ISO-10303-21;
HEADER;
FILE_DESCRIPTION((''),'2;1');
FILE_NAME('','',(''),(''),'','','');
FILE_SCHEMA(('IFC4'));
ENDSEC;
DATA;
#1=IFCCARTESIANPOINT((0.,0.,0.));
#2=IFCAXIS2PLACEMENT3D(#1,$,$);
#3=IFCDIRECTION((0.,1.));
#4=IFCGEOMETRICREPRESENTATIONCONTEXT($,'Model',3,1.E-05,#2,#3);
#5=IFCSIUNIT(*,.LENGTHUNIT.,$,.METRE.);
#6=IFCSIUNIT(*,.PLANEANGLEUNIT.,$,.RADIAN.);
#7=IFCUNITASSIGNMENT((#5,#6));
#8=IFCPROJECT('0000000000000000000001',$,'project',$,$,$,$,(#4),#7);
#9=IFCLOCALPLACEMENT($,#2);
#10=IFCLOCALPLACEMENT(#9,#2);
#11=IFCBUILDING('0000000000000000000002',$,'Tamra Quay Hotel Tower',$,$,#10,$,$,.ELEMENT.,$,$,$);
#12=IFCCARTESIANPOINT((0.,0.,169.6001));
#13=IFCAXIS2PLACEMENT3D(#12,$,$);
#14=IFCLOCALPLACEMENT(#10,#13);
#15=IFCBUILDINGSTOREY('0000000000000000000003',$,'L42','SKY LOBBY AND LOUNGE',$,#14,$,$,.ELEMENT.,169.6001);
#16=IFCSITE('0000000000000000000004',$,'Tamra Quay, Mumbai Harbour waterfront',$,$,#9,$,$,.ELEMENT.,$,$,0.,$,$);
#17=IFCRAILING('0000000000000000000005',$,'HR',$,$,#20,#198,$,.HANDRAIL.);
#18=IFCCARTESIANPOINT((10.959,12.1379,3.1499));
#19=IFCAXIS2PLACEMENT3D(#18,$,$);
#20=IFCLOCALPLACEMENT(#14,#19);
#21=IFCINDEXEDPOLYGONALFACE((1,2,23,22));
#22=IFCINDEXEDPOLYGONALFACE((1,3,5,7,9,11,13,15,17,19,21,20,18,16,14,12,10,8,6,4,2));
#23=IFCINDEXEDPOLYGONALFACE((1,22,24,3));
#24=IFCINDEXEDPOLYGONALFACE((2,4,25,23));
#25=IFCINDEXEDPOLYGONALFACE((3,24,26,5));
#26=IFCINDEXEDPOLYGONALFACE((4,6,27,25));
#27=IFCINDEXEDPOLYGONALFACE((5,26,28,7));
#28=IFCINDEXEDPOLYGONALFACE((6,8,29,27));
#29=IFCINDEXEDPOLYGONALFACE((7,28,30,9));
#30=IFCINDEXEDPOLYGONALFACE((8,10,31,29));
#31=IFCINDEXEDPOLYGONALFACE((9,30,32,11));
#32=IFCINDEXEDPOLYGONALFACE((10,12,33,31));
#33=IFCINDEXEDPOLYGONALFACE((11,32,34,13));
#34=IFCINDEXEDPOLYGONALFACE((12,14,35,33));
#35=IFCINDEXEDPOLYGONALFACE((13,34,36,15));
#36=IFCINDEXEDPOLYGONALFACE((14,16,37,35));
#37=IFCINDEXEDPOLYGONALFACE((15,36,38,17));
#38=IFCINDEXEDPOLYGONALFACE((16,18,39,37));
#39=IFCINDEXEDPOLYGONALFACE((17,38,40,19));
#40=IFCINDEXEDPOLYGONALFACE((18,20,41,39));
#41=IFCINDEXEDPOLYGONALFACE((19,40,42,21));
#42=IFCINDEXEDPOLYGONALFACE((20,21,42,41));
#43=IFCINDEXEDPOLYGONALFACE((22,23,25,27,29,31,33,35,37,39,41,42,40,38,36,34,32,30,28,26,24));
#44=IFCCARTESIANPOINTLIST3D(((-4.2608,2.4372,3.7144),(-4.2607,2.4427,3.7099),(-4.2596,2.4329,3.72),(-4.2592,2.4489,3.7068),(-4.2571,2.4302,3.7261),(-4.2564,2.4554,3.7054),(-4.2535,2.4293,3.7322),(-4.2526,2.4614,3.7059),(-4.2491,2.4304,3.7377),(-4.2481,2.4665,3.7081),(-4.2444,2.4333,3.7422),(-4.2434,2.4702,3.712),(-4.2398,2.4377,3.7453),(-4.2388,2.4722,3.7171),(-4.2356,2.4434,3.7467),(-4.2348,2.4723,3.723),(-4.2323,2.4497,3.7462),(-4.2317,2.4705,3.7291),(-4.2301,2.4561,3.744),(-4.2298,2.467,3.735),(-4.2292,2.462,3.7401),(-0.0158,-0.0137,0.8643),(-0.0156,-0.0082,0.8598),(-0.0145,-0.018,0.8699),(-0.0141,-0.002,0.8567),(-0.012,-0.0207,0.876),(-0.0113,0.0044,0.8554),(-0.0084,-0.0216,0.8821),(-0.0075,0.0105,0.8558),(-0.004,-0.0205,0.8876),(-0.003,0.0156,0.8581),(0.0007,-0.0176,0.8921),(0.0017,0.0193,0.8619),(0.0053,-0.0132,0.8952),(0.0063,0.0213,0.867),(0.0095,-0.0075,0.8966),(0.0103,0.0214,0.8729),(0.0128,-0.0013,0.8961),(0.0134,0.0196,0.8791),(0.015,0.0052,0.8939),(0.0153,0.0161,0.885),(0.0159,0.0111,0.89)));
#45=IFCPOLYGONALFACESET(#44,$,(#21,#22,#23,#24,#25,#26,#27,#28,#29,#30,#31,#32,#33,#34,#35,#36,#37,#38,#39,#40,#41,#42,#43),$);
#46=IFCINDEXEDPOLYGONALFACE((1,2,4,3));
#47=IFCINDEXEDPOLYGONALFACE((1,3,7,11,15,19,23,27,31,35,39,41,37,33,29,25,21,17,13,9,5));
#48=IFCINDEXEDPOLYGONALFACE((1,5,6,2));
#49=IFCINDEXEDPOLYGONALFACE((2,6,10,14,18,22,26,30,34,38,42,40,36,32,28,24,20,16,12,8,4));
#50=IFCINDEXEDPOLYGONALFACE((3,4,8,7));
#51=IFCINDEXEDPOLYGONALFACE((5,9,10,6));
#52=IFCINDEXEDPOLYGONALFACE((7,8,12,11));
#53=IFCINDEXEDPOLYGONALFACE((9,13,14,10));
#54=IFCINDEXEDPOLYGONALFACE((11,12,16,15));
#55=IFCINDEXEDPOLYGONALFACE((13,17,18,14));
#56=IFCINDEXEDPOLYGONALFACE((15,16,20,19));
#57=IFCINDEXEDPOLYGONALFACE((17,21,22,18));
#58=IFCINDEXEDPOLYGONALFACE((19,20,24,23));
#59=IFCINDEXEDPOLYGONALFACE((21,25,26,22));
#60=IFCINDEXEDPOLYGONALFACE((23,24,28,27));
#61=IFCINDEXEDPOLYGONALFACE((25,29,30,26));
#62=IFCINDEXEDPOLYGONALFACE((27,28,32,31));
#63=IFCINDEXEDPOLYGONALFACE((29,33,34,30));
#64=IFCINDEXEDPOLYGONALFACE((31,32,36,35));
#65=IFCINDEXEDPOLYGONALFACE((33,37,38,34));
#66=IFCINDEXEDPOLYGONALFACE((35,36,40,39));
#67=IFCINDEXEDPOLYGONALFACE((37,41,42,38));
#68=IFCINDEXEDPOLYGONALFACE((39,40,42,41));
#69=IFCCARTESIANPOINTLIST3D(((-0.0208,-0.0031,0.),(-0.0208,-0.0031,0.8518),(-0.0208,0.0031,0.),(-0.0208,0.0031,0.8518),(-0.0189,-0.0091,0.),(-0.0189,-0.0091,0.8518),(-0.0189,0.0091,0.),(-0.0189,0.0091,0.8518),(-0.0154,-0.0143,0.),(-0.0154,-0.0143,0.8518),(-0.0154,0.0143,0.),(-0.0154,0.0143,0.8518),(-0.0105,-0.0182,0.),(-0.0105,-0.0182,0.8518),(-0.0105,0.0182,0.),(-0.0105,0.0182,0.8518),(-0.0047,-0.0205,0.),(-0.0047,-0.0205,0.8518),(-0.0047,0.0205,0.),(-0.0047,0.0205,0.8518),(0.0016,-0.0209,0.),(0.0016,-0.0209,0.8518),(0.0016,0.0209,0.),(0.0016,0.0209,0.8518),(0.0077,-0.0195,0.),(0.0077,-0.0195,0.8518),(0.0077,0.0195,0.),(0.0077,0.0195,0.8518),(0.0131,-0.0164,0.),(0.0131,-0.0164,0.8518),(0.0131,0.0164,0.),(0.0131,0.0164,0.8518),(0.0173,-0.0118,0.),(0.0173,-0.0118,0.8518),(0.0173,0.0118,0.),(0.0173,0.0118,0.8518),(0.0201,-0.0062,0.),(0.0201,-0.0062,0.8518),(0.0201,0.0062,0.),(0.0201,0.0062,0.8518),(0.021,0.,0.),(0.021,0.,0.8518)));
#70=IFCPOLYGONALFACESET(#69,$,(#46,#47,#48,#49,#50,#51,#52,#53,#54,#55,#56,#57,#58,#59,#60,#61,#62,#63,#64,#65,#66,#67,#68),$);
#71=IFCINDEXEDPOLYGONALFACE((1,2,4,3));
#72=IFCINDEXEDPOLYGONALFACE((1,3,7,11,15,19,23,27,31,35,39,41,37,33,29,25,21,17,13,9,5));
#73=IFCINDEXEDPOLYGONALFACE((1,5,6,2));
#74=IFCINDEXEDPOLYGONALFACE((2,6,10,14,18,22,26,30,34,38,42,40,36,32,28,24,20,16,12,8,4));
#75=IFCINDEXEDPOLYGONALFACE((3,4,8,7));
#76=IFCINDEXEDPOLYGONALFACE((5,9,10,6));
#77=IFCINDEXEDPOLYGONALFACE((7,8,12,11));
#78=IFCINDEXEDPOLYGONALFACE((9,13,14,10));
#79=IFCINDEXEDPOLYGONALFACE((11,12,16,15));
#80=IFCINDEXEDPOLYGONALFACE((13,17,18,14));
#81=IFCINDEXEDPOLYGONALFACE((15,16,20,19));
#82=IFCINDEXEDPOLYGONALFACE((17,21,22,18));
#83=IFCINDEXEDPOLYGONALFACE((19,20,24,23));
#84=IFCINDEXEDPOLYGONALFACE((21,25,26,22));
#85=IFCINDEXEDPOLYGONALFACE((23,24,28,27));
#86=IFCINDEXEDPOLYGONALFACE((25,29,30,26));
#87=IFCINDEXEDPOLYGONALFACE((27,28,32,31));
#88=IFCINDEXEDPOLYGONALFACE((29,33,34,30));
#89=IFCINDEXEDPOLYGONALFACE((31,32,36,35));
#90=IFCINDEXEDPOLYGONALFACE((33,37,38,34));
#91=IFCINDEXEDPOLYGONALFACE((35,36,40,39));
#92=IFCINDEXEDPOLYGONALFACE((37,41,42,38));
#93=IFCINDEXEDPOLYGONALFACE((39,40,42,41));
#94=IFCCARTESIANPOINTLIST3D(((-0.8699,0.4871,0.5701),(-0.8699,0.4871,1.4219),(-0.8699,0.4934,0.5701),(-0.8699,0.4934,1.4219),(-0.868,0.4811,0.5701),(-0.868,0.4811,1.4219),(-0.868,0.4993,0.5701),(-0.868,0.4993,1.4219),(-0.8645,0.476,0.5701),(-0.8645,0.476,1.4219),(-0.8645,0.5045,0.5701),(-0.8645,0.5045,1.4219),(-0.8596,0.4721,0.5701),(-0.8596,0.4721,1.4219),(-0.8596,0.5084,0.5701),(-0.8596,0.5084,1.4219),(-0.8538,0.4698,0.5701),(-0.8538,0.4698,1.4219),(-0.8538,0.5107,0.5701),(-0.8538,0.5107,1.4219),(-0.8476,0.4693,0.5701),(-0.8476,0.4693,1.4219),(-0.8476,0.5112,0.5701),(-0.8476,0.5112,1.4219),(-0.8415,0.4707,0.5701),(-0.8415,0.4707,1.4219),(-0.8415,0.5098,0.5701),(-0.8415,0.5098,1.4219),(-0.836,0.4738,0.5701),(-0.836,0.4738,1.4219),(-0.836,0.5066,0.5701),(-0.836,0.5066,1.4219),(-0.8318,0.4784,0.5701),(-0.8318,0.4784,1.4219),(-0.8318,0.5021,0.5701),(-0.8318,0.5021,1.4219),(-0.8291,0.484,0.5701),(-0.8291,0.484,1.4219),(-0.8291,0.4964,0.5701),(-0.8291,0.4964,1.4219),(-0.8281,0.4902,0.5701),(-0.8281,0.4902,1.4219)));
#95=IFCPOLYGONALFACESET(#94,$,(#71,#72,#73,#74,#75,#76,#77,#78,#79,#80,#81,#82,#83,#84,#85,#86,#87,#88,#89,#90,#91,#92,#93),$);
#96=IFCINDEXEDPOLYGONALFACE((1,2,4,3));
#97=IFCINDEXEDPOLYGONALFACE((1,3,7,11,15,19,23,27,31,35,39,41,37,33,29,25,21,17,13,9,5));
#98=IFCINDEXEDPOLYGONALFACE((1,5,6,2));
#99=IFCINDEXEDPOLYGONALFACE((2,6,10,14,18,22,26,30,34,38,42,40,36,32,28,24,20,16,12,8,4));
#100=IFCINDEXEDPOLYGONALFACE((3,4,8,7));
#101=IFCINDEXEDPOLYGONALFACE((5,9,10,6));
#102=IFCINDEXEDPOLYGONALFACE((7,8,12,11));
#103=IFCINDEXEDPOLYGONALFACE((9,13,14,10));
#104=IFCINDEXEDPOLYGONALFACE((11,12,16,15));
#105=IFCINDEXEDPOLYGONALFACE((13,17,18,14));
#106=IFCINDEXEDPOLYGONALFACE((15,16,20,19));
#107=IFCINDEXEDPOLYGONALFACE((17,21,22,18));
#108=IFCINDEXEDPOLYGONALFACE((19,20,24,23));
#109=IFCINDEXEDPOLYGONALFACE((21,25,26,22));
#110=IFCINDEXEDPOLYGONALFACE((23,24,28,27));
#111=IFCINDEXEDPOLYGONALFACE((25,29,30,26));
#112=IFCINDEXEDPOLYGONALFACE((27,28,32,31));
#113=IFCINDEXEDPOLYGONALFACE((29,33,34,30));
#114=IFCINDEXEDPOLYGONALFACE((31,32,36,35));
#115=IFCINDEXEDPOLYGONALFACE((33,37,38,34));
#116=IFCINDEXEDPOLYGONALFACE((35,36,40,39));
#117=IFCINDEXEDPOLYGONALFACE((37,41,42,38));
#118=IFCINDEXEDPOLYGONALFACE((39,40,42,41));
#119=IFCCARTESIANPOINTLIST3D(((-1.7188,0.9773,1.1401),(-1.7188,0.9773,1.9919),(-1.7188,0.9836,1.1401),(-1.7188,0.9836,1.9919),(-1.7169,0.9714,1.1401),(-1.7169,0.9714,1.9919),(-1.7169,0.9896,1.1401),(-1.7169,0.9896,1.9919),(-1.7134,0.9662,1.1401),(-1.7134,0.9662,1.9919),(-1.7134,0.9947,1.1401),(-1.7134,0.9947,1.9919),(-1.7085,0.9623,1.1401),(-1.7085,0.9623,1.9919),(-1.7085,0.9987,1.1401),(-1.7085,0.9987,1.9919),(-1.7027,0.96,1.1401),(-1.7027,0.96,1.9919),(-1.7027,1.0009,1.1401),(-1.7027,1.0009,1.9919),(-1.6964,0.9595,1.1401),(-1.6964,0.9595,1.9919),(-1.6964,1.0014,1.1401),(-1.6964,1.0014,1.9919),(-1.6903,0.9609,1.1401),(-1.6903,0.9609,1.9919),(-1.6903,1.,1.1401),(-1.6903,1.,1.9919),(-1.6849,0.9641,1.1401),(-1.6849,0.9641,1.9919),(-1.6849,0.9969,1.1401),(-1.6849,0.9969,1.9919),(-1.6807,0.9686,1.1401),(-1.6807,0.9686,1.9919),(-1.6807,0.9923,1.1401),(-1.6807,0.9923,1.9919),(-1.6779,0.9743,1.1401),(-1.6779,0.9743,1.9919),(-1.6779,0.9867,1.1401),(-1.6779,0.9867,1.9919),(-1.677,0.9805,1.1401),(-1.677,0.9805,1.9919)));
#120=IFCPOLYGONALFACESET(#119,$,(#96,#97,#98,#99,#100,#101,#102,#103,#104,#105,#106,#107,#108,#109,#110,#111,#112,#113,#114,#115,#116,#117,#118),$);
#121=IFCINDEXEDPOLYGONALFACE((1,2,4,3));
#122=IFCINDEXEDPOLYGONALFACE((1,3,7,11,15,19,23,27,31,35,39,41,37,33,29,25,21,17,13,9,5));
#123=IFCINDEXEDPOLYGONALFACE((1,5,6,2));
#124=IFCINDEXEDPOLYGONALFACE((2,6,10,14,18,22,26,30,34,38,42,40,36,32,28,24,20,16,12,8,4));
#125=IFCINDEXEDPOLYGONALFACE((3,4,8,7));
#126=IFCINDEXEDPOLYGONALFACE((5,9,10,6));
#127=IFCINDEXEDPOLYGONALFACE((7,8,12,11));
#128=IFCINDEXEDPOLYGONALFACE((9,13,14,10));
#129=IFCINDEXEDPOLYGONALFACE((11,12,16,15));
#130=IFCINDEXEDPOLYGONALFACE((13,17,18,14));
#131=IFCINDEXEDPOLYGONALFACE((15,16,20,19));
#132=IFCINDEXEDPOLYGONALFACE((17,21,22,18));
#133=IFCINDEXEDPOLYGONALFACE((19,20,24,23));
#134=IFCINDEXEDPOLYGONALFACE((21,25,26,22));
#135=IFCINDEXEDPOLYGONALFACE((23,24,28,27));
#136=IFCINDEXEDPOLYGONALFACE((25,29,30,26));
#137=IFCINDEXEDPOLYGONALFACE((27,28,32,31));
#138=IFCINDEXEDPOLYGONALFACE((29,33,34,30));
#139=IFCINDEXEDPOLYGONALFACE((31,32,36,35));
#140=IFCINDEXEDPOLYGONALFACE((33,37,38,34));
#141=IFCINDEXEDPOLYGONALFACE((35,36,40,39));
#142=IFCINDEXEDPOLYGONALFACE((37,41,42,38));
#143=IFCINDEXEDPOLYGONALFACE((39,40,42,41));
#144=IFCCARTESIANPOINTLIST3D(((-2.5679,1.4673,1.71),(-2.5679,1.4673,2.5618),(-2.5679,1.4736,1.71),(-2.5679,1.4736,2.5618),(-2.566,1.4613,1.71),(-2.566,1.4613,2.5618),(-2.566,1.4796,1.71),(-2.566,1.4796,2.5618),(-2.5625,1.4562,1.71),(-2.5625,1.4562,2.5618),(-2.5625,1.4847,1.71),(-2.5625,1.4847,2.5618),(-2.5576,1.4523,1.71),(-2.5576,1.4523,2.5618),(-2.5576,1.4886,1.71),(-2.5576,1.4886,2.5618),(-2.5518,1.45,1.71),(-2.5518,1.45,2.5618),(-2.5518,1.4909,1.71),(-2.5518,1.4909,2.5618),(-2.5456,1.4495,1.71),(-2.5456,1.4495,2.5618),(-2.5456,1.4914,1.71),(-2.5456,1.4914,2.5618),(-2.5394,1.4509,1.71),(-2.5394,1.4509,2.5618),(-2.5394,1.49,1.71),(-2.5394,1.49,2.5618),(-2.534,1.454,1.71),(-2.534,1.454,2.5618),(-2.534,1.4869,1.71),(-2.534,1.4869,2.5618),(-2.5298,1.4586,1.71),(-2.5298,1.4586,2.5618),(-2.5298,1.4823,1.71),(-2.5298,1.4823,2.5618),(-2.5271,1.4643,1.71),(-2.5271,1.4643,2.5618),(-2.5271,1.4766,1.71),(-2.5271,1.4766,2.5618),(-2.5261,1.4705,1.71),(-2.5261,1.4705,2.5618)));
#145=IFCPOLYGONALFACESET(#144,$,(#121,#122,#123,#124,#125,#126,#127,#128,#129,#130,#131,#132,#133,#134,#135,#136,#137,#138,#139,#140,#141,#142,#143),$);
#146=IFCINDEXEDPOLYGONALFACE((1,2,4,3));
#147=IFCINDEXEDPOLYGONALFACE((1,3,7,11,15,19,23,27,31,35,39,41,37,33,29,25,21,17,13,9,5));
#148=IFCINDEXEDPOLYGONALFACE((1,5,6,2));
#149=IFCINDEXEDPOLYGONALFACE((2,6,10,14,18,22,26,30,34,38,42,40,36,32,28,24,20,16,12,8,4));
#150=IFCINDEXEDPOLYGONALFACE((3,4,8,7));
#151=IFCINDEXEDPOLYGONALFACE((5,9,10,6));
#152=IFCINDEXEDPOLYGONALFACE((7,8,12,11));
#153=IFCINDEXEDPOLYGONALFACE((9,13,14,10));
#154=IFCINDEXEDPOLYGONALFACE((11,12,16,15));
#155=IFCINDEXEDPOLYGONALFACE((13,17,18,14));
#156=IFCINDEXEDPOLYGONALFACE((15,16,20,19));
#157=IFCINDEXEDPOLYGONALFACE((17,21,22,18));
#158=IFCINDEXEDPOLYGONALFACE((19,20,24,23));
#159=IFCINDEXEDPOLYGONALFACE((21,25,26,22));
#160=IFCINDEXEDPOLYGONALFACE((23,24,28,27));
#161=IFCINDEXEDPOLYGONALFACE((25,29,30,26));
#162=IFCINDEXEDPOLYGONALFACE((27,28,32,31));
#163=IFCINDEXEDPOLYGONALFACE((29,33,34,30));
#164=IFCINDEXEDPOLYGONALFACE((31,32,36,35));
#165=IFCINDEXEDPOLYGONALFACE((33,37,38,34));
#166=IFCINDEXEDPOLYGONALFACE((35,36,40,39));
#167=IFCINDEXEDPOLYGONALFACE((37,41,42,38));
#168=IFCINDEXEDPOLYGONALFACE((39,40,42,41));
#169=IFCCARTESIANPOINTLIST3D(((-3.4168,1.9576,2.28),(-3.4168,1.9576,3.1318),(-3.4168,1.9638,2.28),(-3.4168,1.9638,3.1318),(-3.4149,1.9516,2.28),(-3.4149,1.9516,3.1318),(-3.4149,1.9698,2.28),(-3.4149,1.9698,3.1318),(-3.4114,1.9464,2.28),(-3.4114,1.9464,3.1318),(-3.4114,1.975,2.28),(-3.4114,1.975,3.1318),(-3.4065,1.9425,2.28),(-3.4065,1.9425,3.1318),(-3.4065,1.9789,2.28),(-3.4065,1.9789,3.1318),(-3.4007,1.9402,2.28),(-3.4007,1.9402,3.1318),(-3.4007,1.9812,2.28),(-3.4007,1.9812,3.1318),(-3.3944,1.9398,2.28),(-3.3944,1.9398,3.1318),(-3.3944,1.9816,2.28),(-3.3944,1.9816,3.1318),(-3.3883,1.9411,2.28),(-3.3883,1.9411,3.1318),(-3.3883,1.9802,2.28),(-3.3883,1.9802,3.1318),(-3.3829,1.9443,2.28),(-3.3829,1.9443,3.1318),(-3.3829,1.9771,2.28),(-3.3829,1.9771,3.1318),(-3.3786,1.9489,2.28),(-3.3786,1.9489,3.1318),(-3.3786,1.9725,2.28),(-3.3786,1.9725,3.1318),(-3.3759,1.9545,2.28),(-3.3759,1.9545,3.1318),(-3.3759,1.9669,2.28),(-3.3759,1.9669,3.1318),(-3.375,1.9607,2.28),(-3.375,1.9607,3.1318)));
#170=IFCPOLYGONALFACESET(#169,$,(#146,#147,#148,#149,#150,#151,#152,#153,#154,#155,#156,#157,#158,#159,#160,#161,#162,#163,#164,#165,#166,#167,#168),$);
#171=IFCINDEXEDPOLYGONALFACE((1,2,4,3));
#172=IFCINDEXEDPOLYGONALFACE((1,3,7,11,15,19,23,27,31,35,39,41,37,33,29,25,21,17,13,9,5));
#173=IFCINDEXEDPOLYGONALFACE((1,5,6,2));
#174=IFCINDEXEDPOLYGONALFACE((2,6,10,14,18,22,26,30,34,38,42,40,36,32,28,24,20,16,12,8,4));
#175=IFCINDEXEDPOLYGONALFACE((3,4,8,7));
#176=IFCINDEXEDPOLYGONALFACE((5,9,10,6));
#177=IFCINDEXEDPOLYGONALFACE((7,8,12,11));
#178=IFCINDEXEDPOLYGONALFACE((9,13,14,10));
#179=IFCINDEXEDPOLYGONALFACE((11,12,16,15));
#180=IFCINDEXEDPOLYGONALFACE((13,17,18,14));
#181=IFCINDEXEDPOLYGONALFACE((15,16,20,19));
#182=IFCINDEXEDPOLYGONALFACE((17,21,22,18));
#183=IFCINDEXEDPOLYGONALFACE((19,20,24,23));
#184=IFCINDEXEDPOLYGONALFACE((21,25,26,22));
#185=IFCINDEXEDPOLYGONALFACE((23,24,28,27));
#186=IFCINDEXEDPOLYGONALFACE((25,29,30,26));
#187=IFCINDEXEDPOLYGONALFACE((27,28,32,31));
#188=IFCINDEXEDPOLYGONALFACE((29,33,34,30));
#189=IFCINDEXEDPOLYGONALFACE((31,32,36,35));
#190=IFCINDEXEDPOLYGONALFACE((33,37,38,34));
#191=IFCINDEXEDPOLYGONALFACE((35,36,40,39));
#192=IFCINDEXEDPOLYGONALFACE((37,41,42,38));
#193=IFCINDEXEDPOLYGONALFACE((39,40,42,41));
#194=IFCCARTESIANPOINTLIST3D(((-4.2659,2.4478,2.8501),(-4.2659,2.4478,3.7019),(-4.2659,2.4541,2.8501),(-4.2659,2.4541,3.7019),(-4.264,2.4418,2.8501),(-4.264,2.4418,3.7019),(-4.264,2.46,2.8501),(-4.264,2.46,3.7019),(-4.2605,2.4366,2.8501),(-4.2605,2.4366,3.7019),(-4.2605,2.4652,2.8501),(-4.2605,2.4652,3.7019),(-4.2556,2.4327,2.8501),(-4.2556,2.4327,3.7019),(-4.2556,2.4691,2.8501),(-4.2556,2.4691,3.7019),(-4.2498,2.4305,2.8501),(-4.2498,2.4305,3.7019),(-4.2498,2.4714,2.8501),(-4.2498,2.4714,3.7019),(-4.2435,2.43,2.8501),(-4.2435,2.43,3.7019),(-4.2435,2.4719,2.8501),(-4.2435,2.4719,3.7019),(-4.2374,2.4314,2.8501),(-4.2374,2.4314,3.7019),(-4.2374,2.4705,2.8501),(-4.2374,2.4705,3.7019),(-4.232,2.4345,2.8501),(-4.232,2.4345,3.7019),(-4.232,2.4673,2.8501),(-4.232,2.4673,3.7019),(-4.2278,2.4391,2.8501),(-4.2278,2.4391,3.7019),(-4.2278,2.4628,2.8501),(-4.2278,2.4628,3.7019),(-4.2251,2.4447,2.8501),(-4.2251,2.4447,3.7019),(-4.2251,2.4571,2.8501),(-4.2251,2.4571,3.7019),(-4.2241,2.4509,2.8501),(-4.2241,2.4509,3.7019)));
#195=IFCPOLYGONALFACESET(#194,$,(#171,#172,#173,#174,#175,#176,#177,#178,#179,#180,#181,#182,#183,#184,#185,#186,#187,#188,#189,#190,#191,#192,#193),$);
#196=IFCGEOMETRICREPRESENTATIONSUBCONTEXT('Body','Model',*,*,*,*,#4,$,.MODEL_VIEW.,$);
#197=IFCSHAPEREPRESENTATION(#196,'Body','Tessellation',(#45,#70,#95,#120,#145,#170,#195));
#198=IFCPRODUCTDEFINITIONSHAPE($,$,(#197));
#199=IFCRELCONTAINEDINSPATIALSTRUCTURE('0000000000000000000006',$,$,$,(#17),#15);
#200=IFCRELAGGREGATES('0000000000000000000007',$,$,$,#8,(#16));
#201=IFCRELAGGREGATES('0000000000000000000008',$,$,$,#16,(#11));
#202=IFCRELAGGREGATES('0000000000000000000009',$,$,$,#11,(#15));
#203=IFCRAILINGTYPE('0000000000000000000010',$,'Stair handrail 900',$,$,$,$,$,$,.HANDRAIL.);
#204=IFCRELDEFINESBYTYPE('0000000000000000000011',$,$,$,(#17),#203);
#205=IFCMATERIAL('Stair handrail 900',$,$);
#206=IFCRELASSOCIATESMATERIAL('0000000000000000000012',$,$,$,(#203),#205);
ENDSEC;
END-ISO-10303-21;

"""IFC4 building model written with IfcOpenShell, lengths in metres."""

from ifc_helpers import new_model, si_unit, direction, frame, origin, origin_2d, place, context, subcontext, project, spatial, circle, extrude, material, type_object, element, save


model = new_model("IFC4")

# Units and contexts
model_context = context("Model", 3, precision=1e-05, world=origin(), true_north=direction((0.0, 1.0)))
body_context = subcontext(model_context, "Body", "Model", "MODEL_VIEW")
ifc_project = project(units=[si_unit("LENGTHUNIT", "METRE"), si_unit("PLANEANGLEUNIT", "RADIAN")], contexts=[model_context])

# Site, building, storey
site_placement = place(None, origin())
site = spatial("IfcSite", under=ifc_project, at=site_placement, Name="Tamra Quay, Mumbai Harbour waterfront", CompositionType="ELEMENT", RefElevation=0.0)
building_placement = place(site_placement, origin())
building = spatial("IfcBuilding", under=site, at=building_placement, Name="Tamra Quay Hotel Tower", CompositionType="ELEMENT")
storey_placement = place(building_placement, frame((0.0, 0.0, 169.6001)))
storey = spatial("IfcBuildingStorey", under=building, at=storey_placement, Name="L42", Description="SKY LOBBY AND LOUNGE", CompositionType="ELEMENT", Elevation=169.6001)

# Railing
ifc_material_1 = material(Name="Stair handrail 900")
railing_type = type_object("IfcRailingType", Name="Stair handrail 900", PredefinedType="HANDRAIL", material=ifc_material_1)
railing_placement = place(storey_placement, frame((10.959, 12.1379, 3.1499)))
element("IfcRailing", 1, at=railing_placement, inside=storey, type_object=railing_type, Name="HR", PredefinedType="HANDRAIL", context=body_context, shape_type="SweptSolid", body=[
    extrude(circle(Radius=0.0239, at=origin_2d()), frame((0.0, 0.0, 0.876), z_axis=(-0.748672, 0.432247, 0.502645), x_axis=(-0.500001, -0.866025, 0.0)), (0.0, 0.0, 1.0), 5.6702),
    extrude(circle(Radius=0.021, at=origin_2d()), origin(), (0.0, 0.0, 1.0), 0.8518),
    extrude(circle(Radius=0.021, at=origin_2d()), frame((-0.8491, 0.4902, 0.5701)), (0.0, 0.0, 1.0), 0.8518),
    extrude(circle(Radius=0.021, at=origin_2d()), frame((-1.698, 0.9805, 1.1401)), (0.0, 0.0, 1.0), 0.8518),
    extrude(circle(Radius=0.021, at=origin_2d()), frame((-2.5471, 1.4705, 1.71)), (0.0, 0.0, 1.0), 0.8518),
    extrude(circle(Radius=0.021, at=origin_2d()), frame((-3.396, 1.9607, 2.28)), (0.0, 0.0, 1.0), 0.8518),
    extrude(circle(Radius=0.021, at=origin_2d()), frame((-4.2451, 2.4509, 2.8501)), (0.0, 0.0, 1.0), 0.8518),
])

save(model, "model.ifc")
